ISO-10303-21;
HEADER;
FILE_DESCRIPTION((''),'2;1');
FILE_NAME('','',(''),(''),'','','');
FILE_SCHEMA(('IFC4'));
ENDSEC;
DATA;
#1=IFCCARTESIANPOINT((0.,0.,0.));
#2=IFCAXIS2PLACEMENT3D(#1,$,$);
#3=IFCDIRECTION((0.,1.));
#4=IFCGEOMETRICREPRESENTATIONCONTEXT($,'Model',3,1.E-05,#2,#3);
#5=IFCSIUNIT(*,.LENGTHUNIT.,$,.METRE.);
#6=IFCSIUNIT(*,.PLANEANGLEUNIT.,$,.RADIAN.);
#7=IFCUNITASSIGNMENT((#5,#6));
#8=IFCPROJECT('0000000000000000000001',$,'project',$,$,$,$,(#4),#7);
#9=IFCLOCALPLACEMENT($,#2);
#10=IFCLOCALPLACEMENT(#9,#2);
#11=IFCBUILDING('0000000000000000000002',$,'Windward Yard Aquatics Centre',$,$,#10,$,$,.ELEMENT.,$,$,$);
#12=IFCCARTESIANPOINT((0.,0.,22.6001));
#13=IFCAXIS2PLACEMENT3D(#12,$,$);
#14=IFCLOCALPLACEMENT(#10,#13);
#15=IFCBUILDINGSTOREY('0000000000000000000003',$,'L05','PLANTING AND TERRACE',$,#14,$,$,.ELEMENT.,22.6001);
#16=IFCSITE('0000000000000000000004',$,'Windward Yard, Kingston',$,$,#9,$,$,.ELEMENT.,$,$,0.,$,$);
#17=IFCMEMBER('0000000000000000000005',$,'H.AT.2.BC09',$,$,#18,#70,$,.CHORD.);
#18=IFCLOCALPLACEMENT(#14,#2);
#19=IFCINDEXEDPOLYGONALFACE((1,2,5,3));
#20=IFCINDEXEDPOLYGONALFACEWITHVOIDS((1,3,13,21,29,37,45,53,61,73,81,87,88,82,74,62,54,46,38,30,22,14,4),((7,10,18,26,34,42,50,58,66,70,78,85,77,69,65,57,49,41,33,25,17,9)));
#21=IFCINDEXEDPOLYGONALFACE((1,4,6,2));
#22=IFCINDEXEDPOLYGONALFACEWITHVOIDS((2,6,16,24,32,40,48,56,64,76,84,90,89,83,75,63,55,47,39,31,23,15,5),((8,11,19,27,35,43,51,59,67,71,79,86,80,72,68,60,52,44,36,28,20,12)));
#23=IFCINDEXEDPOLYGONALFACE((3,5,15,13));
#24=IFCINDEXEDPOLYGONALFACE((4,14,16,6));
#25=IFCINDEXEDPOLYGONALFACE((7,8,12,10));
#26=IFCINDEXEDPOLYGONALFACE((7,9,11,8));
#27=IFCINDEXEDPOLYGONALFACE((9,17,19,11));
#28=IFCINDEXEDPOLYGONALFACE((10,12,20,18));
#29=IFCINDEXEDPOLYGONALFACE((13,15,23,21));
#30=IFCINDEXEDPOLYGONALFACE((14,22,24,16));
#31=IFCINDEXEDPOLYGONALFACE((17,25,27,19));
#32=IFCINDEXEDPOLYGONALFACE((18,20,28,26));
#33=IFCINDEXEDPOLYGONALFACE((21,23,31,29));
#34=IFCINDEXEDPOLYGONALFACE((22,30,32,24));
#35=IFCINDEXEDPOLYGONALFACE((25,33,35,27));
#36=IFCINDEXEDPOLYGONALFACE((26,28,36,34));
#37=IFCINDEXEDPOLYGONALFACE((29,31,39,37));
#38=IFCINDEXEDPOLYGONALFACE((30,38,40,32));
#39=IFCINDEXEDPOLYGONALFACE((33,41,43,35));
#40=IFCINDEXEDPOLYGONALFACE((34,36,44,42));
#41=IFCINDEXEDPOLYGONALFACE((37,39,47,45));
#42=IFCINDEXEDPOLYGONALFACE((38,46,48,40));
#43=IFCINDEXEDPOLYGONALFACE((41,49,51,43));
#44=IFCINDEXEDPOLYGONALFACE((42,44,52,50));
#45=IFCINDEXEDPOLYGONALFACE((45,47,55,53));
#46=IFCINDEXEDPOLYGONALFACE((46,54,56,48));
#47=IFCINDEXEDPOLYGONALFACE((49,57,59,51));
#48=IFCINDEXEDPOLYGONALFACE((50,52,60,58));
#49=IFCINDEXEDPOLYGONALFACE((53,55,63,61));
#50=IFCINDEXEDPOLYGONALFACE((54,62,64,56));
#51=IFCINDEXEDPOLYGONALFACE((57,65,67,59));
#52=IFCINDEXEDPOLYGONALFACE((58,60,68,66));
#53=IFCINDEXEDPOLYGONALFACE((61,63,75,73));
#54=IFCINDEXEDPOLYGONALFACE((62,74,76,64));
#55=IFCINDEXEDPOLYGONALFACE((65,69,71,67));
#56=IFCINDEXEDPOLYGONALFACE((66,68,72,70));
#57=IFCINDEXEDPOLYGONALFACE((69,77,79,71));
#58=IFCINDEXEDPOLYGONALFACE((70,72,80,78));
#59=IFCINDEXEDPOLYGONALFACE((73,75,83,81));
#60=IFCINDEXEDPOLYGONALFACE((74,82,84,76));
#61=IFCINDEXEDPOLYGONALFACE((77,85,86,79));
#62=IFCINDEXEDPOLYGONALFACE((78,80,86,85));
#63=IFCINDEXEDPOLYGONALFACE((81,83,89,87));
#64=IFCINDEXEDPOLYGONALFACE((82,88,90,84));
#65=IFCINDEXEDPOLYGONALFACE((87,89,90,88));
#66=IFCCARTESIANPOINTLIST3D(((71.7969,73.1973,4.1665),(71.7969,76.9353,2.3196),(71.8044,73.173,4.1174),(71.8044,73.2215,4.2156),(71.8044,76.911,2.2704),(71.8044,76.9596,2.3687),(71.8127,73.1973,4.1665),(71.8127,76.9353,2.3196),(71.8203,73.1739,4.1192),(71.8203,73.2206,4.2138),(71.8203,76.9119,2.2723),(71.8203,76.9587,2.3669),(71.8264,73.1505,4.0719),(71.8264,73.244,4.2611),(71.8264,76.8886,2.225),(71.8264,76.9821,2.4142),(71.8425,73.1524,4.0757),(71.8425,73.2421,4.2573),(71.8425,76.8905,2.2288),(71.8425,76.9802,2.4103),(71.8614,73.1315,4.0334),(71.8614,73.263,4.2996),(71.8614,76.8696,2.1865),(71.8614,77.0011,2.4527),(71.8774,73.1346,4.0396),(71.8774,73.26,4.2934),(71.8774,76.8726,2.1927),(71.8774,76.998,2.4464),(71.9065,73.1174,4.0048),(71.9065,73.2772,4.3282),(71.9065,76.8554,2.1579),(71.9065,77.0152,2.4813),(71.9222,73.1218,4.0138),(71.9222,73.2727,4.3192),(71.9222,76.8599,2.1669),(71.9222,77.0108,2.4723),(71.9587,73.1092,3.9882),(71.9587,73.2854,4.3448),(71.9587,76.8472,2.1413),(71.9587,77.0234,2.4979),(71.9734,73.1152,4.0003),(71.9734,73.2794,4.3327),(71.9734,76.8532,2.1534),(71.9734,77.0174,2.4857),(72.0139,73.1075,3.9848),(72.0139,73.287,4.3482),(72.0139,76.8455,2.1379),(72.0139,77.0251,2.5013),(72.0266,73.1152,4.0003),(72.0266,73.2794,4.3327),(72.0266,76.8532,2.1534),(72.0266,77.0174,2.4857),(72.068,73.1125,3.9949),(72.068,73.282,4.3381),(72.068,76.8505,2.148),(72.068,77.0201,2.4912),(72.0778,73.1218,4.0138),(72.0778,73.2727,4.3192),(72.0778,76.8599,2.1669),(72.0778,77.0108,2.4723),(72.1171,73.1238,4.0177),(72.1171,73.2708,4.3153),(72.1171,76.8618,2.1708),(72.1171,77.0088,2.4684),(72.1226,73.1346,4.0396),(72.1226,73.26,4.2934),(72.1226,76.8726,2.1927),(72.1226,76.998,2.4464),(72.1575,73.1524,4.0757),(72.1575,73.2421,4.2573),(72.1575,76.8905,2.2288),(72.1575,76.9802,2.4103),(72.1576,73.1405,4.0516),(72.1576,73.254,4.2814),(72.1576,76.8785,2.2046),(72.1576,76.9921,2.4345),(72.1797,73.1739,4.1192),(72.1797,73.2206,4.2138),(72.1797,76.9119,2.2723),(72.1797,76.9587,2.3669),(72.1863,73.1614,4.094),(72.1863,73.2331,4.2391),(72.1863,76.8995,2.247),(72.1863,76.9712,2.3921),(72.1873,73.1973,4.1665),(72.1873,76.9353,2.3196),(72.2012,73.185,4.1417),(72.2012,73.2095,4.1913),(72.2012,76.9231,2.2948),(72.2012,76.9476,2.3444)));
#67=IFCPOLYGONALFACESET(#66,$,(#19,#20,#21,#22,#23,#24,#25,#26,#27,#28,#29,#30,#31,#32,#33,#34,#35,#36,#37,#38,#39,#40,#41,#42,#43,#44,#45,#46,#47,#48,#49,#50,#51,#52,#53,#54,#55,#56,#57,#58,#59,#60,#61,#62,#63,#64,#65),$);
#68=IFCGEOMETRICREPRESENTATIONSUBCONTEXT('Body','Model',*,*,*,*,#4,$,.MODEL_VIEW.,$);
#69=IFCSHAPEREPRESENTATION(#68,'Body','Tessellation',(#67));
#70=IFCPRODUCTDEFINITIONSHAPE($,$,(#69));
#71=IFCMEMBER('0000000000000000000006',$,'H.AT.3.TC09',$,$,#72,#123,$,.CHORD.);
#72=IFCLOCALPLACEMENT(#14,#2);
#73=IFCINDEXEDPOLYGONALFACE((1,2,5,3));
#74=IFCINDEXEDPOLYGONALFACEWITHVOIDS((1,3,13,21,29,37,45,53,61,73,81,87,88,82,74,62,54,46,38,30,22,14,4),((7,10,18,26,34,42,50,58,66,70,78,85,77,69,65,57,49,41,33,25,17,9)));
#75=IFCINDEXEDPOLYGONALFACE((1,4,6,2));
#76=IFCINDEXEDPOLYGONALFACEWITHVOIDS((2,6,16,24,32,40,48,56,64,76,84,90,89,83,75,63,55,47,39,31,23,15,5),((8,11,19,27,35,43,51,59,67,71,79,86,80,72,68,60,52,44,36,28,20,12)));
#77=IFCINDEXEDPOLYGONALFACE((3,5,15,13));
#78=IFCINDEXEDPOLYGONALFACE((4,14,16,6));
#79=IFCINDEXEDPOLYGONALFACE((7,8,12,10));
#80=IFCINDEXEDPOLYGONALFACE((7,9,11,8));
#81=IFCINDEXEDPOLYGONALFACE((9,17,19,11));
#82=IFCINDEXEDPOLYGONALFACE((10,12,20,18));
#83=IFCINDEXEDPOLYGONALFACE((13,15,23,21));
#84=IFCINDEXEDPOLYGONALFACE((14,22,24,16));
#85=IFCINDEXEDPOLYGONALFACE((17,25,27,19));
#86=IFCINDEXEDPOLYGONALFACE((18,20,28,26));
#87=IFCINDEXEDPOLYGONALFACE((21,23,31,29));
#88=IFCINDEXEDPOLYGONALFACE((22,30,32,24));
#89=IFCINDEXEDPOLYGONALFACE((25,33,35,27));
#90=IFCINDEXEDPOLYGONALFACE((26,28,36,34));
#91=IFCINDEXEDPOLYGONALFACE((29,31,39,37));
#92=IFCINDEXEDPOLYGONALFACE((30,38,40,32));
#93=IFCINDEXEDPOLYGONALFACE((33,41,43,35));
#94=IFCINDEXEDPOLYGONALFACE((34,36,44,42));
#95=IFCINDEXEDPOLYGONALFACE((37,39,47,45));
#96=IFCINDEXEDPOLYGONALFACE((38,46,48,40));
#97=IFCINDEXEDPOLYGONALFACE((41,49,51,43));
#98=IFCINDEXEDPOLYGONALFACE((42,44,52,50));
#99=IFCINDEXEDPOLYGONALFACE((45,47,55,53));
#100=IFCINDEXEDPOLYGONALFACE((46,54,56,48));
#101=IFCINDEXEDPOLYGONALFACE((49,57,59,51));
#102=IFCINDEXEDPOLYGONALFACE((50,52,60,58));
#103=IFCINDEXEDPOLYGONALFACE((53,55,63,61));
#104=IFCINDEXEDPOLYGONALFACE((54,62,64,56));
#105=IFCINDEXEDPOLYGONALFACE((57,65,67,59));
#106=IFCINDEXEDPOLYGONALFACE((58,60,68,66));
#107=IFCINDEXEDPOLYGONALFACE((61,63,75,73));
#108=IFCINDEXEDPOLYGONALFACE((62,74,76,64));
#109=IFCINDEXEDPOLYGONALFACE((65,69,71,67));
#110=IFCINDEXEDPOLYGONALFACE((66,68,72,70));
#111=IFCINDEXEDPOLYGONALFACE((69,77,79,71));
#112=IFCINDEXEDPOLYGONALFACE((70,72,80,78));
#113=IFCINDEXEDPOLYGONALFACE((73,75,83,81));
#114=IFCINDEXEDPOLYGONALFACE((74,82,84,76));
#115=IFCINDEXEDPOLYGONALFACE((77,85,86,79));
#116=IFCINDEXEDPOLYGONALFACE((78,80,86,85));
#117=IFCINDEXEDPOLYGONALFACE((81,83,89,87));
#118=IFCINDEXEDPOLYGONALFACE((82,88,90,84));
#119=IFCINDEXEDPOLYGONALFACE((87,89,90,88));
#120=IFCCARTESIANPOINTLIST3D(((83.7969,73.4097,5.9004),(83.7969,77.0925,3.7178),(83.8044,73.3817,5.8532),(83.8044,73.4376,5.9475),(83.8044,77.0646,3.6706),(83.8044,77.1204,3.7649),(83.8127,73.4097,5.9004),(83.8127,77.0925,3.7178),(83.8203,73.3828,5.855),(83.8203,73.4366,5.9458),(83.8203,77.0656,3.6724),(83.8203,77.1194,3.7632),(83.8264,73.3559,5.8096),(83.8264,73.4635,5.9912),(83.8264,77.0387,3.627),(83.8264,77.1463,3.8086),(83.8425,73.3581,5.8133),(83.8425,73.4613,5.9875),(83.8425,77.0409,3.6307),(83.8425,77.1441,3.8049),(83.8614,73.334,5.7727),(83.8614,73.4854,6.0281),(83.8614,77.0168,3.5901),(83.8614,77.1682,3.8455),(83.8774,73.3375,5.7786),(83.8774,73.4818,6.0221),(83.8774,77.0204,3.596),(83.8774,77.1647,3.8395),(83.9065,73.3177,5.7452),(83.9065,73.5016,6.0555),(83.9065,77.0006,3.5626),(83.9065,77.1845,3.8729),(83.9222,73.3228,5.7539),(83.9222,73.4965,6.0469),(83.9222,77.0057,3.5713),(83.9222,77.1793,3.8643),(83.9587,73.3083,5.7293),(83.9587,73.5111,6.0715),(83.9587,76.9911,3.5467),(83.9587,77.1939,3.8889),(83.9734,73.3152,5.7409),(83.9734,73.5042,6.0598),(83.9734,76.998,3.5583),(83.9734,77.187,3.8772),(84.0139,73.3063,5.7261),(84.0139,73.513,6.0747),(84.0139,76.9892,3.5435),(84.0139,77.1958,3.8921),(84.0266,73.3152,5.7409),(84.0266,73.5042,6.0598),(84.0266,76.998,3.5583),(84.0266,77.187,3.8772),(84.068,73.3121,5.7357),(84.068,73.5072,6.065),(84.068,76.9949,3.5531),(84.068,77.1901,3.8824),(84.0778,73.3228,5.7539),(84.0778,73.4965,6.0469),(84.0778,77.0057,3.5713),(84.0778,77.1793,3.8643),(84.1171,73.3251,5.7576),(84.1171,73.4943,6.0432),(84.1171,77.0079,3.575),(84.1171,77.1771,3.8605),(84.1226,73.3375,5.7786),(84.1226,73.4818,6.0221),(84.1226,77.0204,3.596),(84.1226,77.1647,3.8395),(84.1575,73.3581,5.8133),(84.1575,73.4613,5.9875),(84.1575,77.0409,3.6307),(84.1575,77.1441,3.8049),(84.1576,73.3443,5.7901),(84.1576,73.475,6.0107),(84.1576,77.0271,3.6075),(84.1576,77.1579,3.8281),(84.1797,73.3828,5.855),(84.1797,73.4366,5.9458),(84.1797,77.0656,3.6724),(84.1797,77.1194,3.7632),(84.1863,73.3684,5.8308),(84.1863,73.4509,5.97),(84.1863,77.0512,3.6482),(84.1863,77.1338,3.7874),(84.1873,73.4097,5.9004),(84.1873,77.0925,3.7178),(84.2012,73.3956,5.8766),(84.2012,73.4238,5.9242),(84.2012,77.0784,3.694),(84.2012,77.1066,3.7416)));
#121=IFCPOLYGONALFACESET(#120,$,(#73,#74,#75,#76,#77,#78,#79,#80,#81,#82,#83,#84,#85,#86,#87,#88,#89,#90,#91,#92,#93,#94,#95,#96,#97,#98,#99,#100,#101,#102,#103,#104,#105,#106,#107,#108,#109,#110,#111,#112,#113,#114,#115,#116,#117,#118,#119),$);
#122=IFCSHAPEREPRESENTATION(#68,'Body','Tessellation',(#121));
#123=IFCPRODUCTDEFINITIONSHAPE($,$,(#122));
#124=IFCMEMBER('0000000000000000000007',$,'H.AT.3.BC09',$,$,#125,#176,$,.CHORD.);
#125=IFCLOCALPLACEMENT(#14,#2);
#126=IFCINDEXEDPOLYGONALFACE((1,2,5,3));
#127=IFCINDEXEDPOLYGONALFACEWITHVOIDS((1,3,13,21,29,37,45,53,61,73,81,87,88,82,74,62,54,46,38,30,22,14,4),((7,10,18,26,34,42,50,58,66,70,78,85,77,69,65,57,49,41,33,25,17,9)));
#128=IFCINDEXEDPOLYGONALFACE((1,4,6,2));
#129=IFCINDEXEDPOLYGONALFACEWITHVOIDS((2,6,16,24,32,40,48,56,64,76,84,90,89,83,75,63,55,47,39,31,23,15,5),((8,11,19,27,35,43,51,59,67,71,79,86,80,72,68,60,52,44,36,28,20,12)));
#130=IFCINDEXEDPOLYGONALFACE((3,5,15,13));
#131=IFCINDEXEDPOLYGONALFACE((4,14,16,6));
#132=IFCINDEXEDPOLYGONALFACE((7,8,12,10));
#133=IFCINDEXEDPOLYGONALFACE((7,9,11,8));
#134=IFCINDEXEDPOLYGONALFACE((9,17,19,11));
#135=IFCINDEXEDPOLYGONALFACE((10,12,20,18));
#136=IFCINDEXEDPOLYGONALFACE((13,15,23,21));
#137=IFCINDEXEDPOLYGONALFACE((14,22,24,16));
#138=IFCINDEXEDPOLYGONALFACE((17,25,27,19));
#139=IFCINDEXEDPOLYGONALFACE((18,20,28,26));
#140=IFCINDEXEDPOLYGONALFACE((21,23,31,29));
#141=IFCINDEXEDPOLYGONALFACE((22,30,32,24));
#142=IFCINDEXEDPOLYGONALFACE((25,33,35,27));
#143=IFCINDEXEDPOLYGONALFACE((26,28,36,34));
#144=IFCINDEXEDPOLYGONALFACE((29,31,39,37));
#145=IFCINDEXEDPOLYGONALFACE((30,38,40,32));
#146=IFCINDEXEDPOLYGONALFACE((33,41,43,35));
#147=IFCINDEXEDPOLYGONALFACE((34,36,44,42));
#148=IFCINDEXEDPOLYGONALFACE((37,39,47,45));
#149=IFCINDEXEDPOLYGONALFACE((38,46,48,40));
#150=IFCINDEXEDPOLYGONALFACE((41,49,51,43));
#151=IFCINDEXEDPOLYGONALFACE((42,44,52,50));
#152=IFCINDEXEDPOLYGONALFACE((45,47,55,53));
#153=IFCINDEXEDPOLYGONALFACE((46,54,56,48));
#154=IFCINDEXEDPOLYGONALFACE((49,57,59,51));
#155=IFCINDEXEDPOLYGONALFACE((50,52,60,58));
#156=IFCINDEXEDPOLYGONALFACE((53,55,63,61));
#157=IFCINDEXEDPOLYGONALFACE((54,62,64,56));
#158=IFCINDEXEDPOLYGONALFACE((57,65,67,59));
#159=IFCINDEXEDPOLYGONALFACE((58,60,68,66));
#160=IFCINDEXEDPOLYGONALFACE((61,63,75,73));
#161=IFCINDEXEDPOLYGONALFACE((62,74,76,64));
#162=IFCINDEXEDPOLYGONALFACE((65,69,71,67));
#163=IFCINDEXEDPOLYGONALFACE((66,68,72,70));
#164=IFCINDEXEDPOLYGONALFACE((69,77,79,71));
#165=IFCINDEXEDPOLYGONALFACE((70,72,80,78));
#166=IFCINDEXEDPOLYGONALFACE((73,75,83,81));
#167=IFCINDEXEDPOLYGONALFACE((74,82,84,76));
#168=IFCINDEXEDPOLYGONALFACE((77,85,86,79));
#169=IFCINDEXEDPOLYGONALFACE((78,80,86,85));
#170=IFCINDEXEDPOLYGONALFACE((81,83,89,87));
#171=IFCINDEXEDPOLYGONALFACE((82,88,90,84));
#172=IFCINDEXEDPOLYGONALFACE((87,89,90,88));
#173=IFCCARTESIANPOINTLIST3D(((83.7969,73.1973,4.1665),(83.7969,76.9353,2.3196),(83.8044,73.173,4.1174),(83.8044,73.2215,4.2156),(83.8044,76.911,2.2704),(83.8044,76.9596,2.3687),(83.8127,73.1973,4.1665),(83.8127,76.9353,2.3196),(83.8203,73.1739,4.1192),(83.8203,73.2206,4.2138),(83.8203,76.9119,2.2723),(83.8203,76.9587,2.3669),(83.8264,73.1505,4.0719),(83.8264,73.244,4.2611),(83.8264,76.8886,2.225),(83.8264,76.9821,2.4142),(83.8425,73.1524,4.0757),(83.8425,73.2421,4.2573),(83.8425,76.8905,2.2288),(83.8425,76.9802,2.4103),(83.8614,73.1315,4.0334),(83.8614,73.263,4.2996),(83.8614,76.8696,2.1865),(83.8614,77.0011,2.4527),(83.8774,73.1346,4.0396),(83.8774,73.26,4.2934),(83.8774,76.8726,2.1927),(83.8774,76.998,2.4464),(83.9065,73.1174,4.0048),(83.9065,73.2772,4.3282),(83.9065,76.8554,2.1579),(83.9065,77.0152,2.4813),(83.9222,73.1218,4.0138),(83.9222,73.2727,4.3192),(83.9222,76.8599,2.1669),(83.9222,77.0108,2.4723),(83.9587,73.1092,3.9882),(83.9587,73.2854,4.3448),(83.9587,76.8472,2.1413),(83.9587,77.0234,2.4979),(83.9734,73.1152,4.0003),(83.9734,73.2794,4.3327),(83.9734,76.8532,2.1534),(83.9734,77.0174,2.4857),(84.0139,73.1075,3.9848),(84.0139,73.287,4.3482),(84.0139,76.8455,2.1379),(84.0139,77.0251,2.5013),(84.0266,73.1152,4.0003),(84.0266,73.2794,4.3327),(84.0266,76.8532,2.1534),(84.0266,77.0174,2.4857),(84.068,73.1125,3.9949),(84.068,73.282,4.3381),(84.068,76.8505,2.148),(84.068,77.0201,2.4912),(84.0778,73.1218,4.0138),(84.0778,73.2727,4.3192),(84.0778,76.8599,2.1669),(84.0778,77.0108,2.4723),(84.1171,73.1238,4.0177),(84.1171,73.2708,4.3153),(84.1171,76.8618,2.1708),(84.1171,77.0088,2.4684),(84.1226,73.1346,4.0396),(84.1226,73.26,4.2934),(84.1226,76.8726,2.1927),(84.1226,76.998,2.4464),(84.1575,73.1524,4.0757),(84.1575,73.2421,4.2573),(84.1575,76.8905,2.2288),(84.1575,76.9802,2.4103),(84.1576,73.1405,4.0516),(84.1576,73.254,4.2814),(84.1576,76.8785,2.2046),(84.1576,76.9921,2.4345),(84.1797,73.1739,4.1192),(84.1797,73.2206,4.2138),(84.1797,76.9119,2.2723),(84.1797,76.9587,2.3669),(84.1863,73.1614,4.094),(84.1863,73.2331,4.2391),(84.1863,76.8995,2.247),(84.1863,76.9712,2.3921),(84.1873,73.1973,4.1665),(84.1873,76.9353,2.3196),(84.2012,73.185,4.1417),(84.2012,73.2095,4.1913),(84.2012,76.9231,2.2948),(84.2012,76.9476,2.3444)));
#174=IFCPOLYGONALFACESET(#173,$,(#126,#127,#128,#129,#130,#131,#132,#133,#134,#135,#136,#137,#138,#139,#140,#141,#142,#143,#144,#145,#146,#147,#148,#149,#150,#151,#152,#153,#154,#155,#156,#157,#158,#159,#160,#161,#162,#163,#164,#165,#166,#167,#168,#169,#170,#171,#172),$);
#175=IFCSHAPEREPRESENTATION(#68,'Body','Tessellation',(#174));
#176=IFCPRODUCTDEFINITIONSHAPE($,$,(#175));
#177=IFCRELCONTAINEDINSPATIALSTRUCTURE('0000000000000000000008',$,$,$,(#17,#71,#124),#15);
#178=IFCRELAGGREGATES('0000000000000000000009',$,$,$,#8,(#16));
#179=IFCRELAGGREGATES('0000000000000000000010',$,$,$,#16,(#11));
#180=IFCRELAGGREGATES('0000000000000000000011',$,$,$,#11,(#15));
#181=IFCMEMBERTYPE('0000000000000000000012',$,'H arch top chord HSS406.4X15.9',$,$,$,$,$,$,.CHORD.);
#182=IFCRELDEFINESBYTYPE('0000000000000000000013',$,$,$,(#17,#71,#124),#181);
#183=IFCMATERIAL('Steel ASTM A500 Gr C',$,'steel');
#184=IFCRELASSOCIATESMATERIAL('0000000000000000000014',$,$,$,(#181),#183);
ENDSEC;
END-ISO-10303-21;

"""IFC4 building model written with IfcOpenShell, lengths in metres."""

from ifc_helpers import new_model, si_unit, direction, frame, origin, origin_2d, place, context, subcontext, project, spatial, hollow_circle, extrude, material, material_profile, profile_set, type_object, element, save


model = new_model("IFC4")

# Units and contexts
model_context = context("Model", 3, precision=1e-05, world=origin(), true_north=direction((0.0, 1.0)))
body_context = subcontext(model_context, "Body", "Model", "MODEL_VIEW")
ifc_project = project(units=[si_unit("LENGTHUNIT", "METRE"), si_unit("PLANEANGLEUNIT", "RADIAN")], contexts=[model_context])

# Site, building, storey
site_placement = place(None, origin())
site = spatial("IfcSite", under=ifc_project, at=site_placement, Name="Windward Yard, Kingston", CompositionType="ELEMENT", RefElevation=0.0)
building_placement = place(site_placement, origin())
building = spatial("IfcBuilding", under=site, at=building_placement, Name="Windward Yard Aquatics Centre", CompositionType="ELEMENT")
storey_placement = place(building_placement, frame((0.0, 0.0, 22.6001)))
storey = spatial("IfcBuildingStorey", under=building, at=storey_placement, Name="L05", Description="PLANTING AND TERRACE", CompositionType="ELEMENT", Elevation=22.6001)

# Members
ifc_material_1 = material(Name="Steel ASTM A500 Gr C", Category="steel")
ifc_material_profile_1 = material_profile(ifc_material_1, hollow_circle(Radius=0.2031, WallThickness=0.0159, at=origin_2d()), Name="HSS406.4X15.9")
ifc_profile_set_1 = profile_set([ifc_material_profile_1], Name="Steel ASTM A500 Gr C")
member_type_1 = type_object("IfcMemberType", Name="H arch top chord HSS406.4X15.9", PredefinedType="CHORD", material=ifc_profile_set_1)
member_1_placement = place(storey_placement, frame((72.0, 73.1973, 4.1665), z_axis=(0.0, 0.896537, -0.442969), x_axis=(-1.0, 0.0, 0.0)))
element("IfcMember", 1, at=member_1_placement, inside=storey, type_object=member_type_1, Name="H.AT.2.BC09", PredefinedType="CHORD", context=body_context, shape_type="SweptSolid", body=[
    extrude(hollow_circle(Radius=0.2031, WallThickness=0.0159, at=origin_2d()), origin(), (0.0, 0.0, 1.0), 4.1694),
])
member_2_placement = place(storey_placement, frame((84.0, 73.4097, 5.9004), z_axis=(0.0, 0.860273, -0.509834), x_axis=(-1.0, 0.0, 0.0)))
element("IfcMember", 2, at=member_2_placement, inside=storey, type_object=member_type_1, Name="H.AT.3.TC09", PredefinedType="CHORD", context=body_context, shape_type="SweptSolid", body=[
    extrude(hollow_circle(Radius=0.2031, WallThickness=0.0159, at=origin_2d()), origin(), (0.0, 0.0, 1.0), 4.281),
])
member_3_placement = place(storey_placement, frame((84.0, 73.1973, 4.1665), z_axis=(0.0, 0.896537, -0.442969), x_axis=(-1.0, 0.0, 0.0)))
element("IfcMember", 3, at=member_3_placement, inside=storey, type_object=member_type_1, Name="H.AT.3.BC09", PredefinedType="CHORD", context=body_context, shape_type="SweptSolid", body=[
    extrude(hollow_circle(Radius=0.2031, WallThickness=0.0159, at=origin_2d()), origin(), (0.0, 0.0, 1.0), 4.1694),
])

save(model, "model.ifc")
